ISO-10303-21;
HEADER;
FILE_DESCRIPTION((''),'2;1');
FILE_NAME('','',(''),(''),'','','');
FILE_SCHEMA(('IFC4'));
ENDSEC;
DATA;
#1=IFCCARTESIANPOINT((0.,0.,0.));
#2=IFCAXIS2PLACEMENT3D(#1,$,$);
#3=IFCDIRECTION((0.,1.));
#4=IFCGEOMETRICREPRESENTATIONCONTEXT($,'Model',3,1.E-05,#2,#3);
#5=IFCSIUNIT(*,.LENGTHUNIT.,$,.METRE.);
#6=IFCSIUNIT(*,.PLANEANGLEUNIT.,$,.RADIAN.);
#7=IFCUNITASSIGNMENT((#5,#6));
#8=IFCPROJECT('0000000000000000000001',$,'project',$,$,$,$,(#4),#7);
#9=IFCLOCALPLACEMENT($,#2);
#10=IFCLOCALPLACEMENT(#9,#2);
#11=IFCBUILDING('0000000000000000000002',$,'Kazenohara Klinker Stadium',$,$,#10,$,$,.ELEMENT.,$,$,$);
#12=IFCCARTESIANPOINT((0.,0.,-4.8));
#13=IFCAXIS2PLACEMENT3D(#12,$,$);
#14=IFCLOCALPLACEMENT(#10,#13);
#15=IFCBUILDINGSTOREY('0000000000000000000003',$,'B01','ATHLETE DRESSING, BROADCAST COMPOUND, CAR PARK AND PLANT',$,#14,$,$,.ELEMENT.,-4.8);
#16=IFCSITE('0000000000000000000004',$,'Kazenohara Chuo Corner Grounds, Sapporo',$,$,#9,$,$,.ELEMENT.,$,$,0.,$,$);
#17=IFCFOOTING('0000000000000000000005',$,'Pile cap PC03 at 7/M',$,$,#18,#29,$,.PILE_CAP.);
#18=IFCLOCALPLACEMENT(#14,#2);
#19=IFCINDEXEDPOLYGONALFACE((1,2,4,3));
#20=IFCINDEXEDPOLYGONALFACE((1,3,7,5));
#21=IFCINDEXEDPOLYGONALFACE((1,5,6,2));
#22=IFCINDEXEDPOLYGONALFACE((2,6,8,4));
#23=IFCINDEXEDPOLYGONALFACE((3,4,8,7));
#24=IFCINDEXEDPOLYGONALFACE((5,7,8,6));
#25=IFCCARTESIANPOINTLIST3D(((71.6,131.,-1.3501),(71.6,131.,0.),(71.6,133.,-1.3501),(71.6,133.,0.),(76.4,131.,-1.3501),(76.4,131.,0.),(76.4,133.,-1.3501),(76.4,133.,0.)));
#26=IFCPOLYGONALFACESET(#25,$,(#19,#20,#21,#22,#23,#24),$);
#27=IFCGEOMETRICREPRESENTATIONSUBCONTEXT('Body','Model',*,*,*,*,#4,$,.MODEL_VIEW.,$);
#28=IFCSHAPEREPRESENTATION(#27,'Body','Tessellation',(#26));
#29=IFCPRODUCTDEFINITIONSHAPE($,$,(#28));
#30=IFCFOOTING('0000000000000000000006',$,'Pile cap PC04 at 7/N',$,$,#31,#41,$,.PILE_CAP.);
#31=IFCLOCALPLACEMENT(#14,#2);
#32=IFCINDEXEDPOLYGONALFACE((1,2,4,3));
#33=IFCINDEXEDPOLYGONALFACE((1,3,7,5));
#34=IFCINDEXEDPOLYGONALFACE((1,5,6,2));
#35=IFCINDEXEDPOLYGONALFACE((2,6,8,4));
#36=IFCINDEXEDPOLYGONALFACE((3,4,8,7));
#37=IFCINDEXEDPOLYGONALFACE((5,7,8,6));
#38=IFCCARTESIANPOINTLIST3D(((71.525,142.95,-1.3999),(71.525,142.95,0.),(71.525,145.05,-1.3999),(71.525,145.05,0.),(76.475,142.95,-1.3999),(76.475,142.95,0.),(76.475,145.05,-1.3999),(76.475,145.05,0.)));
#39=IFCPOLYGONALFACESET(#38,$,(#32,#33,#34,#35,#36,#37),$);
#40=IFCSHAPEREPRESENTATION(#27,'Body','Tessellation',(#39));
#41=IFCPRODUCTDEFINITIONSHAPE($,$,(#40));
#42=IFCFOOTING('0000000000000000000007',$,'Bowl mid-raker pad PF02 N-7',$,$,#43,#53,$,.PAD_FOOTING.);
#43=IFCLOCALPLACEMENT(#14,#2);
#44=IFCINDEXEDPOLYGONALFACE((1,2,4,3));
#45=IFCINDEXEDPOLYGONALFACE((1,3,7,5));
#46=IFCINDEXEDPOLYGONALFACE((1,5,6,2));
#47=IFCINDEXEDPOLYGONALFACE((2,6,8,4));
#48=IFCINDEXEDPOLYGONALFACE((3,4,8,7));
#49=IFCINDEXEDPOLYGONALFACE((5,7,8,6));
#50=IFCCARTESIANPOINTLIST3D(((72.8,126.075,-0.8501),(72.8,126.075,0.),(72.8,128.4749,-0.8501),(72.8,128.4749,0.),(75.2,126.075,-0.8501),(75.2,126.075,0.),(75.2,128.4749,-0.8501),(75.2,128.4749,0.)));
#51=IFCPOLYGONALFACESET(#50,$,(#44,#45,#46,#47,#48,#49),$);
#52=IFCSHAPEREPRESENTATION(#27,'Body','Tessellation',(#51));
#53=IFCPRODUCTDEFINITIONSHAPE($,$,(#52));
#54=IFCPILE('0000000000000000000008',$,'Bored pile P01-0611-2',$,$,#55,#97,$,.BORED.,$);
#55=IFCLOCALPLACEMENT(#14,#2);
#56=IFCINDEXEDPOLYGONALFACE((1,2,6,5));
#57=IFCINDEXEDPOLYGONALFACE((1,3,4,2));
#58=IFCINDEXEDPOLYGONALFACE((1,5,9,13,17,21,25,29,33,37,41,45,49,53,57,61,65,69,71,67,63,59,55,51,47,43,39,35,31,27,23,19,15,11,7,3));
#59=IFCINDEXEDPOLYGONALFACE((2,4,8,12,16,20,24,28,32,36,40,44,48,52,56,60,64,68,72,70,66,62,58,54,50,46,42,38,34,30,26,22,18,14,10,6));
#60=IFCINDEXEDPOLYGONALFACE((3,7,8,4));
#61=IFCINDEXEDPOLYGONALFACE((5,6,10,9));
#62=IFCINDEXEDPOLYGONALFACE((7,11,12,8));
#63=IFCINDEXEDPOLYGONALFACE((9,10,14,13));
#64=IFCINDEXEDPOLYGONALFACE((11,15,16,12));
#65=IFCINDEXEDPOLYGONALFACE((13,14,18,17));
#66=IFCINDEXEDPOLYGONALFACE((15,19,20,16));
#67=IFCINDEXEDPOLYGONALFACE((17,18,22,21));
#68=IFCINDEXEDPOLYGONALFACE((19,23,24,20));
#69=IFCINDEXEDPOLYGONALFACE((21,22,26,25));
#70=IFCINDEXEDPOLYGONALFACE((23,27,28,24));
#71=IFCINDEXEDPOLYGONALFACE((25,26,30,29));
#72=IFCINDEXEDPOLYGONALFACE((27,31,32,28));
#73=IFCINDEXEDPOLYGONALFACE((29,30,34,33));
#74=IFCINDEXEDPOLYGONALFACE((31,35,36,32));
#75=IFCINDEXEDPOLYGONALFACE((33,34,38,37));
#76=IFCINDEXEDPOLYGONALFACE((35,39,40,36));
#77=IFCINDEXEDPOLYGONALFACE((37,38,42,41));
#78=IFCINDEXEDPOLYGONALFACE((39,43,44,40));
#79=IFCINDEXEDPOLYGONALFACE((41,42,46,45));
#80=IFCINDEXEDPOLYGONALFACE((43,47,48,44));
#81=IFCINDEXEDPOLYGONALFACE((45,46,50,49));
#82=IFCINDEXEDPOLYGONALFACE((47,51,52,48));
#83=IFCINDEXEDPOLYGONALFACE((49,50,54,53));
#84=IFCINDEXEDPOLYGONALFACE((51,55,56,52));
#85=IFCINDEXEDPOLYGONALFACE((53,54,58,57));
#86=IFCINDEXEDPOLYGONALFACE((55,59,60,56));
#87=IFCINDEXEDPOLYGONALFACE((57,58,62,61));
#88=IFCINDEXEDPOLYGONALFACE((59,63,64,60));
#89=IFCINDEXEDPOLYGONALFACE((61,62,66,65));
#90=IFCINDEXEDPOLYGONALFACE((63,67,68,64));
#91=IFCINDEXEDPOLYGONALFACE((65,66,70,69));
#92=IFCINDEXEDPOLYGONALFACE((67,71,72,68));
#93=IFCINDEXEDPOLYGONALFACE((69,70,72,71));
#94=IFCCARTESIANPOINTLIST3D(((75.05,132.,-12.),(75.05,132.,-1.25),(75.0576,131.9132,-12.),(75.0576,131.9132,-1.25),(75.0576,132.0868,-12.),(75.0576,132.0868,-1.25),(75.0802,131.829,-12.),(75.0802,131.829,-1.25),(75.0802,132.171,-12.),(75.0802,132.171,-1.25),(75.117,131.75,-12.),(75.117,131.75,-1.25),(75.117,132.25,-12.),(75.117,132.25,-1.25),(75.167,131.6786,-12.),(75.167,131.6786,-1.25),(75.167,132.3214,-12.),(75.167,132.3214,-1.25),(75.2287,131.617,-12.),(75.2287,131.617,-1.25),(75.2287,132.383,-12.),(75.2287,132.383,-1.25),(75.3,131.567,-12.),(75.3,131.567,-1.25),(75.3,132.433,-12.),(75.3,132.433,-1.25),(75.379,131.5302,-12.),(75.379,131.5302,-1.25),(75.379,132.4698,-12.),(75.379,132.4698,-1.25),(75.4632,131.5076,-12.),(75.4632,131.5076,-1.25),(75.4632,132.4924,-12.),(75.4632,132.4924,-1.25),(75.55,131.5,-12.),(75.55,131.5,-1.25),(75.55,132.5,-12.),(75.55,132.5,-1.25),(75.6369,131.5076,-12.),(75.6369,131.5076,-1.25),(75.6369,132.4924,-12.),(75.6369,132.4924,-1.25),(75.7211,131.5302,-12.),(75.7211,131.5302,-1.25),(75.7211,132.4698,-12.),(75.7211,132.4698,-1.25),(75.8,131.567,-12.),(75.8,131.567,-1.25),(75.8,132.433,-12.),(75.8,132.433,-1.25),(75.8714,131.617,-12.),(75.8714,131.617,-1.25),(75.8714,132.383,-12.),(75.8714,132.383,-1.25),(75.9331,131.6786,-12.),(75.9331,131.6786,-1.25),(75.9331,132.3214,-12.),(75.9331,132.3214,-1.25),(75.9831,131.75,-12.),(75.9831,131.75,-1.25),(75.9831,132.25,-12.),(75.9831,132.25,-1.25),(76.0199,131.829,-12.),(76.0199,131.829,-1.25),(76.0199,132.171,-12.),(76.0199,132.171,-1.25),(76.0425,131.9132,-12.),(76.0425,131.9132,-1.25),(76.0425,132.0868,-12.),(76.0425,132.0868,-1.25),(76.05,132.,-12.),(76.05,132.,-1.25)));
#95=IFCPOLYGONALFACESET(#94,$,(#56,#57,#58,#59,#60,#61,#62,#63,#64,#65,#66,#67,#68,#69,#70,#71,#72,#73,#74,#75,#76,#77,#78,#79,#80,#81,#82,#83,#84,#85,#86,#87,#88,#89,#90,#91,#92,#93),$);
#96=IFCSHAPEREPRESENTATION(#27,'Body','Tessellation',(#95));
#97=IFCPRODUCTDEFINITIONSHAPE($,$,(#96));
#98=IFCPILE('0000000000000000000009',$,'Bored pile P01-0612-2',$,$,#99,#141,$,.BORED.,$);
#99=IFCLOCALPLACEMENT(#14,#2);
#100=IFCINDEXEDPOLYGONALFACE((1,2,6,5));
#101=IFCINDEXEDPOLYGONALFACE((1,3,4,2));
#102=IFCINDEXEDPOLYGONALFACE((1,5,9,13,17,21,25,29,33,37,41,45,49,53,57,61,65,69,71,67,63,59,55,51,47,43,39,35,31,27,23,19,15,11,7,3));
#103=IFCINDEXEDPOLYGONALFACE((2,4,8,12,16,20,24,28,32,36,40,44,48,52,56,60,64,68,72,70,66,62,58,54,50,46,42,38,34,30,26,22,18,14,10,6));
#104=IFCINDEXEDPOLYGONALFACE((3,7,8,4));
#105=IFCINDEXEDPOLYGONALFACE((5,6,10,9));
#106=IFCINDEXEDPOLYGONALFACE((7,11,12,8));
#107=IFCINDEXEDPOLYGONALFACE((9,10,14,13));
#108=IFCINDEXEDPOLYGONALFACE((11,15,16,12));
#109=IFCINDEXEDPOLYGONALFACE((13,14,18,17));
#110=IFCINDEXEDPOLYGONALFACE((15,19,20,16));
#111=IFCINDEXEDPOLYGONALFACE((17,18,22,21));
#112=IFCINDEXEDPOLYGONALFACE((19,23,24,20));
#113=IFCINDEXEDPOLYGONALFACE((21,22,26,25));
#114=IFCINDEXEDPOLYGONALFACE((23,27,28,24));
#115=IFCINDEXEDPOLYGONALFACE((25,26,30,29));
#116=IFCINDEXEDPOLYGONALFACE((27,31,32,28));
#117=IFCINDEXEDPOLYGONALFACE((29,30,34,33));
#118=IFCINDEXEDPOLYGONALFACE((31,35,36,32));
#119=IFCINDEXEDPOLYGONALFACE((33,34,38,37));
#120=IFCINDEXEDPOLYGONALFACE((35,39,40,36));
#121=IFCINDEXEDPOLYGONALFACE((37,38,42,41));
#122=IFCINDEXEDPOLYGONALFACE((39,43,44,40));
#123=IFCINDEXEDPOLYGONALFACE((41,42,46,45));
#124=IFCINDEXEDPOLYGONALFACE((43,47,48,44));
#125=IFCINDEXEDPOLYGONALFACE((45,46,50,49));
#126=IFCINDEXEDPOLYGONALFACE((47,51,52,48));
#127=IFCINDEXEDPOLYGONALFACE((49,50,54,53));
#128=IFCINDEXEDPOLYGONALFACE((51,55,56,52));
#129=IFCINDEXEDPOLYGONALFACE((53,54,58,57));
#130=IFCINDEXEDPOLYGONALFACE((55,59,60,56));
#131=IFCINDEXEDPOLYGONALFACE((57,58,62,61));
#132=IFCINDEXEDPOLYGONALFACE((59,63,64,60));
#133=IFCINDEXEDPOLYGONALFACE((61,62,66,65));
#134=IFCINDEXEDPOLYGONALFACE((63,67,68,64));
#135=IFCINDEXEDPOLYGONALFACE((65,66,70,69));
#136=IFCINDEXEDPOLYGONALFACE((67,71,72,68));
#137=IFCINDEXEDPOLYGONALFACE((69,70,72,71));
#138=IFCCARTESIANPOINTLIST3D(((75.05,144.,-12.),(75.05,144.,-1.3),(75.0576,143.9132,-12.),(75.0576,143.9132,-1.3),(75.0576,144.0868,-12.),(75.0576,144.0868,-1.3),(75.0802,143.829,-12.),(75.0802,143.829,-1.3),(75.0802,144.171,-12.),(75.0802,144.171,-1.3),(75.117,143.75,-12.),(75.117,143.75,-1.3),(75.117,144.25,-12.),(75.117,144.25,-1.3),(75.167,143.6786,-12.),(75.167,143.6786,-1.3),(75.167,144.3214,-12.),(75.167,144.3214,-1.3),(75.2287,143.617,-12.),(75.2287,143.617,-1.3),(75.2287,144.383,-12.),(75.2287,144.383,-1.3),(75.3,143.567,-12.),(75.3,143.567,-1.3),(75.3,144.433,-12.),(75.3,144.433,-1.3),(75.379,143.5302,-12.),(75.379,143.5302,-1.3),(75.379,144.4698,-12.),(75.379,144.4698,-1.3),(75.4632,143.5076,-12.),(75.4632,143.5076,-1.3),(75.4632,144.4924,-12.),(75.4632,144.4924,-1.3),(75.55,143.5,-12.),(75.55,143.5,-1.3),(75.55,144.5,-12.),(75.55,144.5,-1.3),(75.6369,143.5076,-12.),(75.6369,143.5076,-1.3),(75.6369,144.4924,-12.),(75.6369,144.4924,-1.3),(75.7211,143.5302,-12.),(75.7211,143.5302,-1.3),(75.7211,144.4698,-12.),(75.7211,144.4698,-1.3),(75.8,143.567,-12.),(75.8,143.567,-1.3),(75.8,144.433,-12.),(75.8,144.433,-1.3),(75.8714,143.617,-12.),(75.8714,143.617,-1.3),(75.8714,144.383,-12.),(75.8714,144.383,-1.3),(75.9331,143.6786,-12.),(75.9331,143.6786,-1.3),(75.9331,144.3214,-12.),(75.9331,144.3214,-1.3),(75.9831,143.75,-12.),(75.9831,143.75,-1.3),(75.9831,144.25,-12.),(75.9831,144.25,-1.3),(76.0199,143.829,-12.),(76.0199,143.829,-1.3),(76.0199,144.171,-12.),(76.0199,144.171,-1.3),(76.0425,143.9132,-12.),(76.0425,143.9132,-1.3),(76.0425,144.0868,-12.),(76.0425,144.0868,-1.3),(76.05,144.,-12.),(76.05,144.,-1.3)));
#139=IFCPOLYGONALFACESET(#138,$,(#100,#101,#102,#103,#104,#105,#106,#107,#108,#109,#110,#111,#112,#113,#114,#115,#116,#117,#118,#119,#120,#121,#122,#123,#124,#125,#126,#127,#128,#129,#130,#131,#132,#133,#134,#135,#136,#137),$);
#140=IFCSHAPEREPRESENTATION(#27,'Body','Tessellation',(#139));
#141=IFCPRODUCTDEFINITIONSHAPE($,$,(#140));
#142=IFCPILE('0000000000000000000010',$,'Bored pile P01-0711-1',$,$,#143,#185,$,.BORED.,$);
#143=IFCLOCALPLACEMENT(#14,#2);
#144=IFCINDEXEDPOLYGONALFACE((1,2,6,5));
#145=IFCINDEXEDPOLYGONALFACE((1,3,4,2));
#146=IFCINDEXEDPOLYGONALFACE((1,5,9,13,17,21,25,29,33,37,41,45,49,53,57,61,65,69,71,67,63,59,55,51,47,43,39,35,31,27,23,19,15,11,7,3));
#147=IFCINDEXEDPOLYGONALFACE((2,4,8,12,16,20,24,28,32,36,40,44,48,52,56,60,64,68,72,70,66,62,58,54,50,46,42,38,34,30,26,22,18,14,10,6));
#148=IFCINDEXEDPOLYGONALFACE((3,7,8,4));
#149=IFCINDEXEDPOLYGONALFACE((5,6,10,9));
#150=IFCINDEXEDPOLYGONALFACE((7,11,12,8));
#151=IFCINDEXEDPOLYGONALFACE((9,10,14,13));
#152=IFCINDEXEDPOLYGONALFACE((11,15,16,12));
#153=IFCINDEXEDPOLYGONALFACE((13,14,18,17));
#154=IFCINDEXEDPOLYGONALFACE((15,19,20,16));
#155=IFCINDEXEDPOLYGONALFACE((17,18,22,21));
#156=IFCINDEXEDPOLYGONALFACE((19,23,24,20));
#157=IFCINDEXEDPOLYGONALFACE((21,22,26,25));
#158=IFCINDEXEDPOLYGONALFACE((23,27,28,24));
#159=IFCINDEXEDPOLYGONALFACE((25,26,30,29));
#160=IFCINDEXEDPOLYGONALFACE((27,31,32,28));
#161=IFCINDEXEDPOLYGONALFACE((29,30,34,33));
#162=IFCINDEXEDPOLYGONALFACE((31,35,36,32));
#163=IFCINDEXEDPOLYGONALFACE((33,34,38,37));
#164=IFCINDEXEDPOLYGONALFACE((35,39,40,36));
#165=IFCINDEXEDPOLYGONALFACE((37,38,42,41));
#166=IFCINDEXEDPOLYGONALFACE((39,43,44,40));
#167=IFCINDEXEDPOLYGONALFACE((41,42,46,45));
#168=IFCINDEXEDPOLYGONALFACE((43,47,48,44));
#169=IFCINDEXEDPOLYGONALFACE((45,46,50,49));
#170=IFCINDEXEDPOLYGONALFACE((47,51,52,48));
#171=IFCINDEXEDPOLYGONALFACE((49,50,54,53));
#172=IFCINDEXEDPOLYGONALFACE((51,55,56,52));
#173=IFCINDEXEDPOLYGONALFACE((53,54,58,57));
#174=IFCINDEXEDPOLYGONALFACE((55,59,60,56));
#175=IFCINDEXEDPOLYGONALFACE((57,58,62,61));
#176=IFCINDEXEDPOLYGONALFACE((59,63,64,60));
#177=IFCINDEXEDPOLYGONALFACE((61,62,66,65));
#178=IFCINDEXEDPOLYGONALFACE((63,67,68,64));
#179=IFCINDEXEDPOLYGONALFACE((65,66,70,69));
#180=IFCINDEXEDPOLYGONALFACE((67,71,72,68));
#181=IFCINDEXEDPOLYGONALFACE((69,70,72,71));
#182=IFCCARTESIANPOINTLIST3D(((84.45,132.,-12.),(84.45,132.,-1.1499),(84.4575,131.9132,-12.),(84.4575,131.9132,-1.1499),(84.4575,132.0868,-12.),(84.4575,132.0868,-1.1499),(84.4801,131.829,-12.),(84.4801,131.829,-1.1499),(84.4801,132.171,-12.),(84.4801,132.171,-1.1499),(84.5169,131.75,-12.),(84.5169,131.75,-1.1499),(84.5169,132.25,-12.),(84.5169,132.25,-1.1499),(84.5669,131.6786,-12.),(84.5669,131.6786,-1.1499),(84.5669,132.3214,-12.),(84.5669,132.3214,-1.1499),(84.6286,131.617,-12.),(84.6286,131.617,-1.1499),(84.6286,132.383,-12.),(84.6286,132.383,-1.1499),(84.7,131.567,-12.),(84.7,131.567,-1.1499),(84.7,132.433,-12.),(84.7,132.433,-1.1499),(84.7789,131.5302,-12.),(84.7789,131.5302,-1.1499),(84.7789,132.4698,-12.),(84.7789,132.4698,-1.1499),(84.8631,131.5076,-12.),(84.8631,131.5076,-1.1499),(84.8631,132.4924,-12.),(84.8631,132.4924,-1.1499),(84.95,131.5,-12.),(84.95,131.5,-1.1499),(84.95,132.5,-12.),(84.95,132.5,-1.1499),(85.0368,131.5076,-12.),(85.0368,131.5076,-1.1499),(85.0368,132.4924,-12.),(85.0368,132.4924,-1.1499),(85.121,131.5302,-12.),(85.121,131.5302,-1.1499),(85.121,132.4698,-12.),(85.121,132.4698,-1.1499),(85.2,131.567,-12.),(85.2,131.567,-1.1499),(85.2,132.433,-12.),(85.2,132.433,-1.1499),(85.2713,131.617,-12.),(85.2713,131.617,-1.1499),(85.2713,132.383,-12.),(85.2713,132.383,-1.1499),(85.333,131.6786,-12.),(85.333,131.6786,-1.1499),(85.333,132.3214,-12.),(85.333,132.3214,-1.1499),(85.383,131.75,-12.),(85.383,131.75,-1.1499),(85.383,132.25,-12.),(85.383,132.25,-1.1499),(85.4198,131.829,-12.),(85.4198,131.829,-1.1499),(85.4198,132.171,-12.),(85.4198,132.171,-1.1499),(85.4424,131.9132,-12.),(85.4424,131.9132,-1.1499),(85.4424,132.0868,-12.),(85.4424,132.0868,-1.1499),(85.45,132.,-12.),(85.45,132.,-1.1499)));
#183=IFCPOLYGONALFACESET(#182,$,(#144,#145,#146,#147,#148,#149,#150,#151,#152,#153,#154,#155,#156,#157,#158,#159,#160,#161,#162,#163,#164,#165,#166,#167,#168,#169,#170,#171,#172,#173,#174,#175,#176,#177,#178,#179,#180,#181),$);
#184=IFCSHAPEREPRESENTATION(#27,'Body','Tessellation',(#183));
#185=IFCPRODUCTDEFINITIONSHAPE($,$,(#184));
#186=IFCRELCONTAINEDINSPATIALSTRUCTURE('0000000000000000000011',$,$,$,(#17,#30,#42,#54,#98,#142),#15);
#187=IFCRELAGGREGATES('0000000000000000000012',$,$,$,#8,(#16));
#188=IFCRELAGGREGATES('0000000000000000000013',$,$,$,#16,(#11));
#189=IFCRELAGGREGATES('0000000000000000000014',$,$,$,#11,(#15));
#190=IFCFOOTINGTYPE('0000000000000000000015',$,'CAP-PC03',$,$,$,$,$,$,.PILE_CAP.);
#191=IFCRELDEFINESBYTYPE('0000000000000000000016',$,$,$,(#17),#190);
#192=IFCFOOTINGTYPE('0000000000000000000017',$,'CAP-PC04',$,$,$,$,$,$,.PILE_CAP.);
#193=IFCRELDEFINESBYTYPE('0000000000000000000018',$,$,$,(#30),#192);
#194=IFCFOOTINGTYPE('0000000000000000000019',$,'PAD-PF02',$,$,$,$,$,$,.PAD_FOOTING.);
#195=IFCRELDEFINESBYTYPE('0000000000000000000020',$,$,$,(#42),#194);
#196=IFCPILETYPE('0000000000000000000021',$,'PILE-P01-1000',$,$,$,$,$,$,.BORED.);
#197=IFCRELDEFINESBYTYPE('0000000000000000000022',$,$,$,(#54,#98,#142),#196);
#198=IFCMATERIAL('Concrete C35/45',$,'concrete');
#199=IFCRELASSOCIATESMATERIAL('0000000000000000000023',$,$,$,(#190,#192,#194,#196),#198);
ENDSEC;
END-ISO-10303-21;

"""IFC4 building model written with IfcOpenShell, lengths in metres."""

from ifc_helpers import new_model, si_unit, direction, frame, origin, origin_2d, place, context, subcontext, project, spatial, rectangle, circle, extrude, material, material_profile, profile_set, type_object, element, save


model = new_model("IFC4")

# Units and contexts
model_context = context("Model", 3, precision=1e-05, world=origin(), true_north=direction((0.0, 1.0)))
body_context = subcontext(model_context, "Body", "Model", "MODEL_VIEW")
ifc_project = project(units=[si_unit("LENGTHUNIT", "METRE"), si_unit("PLANEANGLEUNIT", "RADIAN")], contexts=[model_context])

# Site, building, storey
site_placement = place(None, origin())
site = spatial("IfcSite", under=ifc_project, at=site_placement, Name="Kazenohara Chuo Corner Grounds, Sapporo", CompositionType="ELEMENT", RefElevation=0.0)
building_placement = place(site_placement, origin())
building = spatial("IfcBuilding", under=site, at=building_placement, Name="Kazenohara Klinker Stadium", CompositionType="ELEMENT")
storey_placement = place(building_placement, frame((0.0, 0.0, -4.8)))
storey = spatial("IfcBuildingStorey", under=building, at=storey_placement, Name="B01", Description="ATHLETE DRESSING, BROADCAST COMPOUND, CAR PARK AND PLANT", CompositionType="ELEMENT", Elevation=-4.8)

# Footings
ifc_material_1 = material(Name="Concrete C35/45", Category="concrete")
footing_type_1 = type_object("IfcFootingType", Name="CAP-PC03", PredefinedType="PILE_CAP", material=ifc_material_1)
footing_1_placement = place(storey_placement, frame((74.0, 132.0, -1.3501), z_axis=(0.0, 0.0, 1.0), x_axis=(1.0, 0.0, 0.0)))
element("IfcFooting", 1, at=footing_1_placement, inside=storey, type_object=footing_type_1, Name="Pile cap PC03 at 7/M", PredefinedType="PILE_CAP", context=body_context, shape_type="SweptSolid", body=[
    extrude(rectangle(XDim=4.8, YDim=2.0, at=origin_2d()), origin(), (0.0, 0.0, 1.0), 1.3501),
])
footing_type_2 = type_object("IfcFootingType", Name="CAP-PC04", PredefinedType="PILE_CAP", material=ifc_material_1)
footing_2_placement = place(storey_placement, frame((74.0, 144.0, -1.3999), z_axis=(0.0, 0.0, 1.0), x_axis=(1.0, 0.0, 0.0)))
element("IfcFooting", 2, at=footing_2_placement, inside=storey, type_object=footing_type_2, Name="Pile cap PC04 at 7/N", PredefinedType="PILE_CAP", context=body_context, shape_type="SweptSolid", body=[
    extrude(rectangle(XDim=4.95, YDim=2.1001, at=origin_2d()), origin(), (0.0, 0.0, 1.0), 1.3999),
])
footing_type_3 = type_object("IfcFootingType", Name="PAD-PF02", PredefinedType="PAD_FOOTING", material=ifc_material_1)
footing_3_placement = place(storey_placement, frame((74.0, 127.2749, -0.8501), z_axis=(0.0, 0.0, 1.0), x_axis=(1.0, 0.0, 0.0)))
element("IfcFooting", 3, at=footing_3_placement, inside=storey, type_object=footing_type_3, Name="Bowl mid-raker pad PF02 N-7", PredefinedType="PAD_FOOTING", context=body_context, shape_type="SweptSolid", body=[
    extrude(rectangle(XDim=2.3999, YDim=2.3999, at=origin_2d()), origin(), (0.0, 0.0, 1.0), 0.8501),
])

# Piles
ifc_material_profile_1 = material_profile(ifc_material_1, circle(Radius=0.5, at=origin_2d()), Name="BORED-PILE-1000")
ifc_profile_set_1 = profile_set([ifc_material_profile_1], Name="Concrete C35/45")
pile_type = type_object("IfcPileType", Name="PILE-P01-1000", PredefinedType="BORED", material=ifc_profile_set_1)
pile_1_placement = place(storey_placement, frame((75.55, 132.0, -1.25), z_axis=(0.0, 0.0, -1.0), x_axis=(1.0, 0.0, 0.0)))
element("IfcPile", 4, at=pile_1_placement, inside=storey, type_object=pile_type, Name="Bored pile P01-0611-2", PredefinedType="BORED", context=body_context, shape_type="SweptSolid", body=[
    extrude(circle(Radius=0.5, at=origin_2d()), origin(), (0.0, 0.0, 1.0), 10.75),
])
pile_2_placement = place(storey_placement, frame((75.55, 144.0, -1.3), z_axis=(0.0, 0.0, -1.0), x_axis=(1.0, 0.0, 0.0)))
element("IfcPile", 5, at=pile_2_placement, inside=storey, type_object=pile_type, Name="Bored pile P01-0612-2", PredefinedType="BORED", context=body_context, shape_type="SweptSolid", body=[
    extrude(circle(Radius=0.5, at=origin_2d()), origin(), (0.0, 0.0, 1.0), 10.7),
])
pile_3_placement = place(storey_placement, frame((84.95, 132.0, -1.1499), z_axis=(0.0, 0.0, -1.0), x_axis=(1.0, 0.0, 0.0)))
element("IfcPile", 6, at=pile_3_placement, inside=storey, type_object=pile_type, Name="Bored pile P01-0711-1", PredefinedType="BORED", context=body_context, shape_type="SweptSolid", body=[
    extrude(circle(Radius=0.5, at=origin_2d()), origin(), (0.0, 0.0, 1.0), 10.8501),
])

save(model, "model.ifc")
